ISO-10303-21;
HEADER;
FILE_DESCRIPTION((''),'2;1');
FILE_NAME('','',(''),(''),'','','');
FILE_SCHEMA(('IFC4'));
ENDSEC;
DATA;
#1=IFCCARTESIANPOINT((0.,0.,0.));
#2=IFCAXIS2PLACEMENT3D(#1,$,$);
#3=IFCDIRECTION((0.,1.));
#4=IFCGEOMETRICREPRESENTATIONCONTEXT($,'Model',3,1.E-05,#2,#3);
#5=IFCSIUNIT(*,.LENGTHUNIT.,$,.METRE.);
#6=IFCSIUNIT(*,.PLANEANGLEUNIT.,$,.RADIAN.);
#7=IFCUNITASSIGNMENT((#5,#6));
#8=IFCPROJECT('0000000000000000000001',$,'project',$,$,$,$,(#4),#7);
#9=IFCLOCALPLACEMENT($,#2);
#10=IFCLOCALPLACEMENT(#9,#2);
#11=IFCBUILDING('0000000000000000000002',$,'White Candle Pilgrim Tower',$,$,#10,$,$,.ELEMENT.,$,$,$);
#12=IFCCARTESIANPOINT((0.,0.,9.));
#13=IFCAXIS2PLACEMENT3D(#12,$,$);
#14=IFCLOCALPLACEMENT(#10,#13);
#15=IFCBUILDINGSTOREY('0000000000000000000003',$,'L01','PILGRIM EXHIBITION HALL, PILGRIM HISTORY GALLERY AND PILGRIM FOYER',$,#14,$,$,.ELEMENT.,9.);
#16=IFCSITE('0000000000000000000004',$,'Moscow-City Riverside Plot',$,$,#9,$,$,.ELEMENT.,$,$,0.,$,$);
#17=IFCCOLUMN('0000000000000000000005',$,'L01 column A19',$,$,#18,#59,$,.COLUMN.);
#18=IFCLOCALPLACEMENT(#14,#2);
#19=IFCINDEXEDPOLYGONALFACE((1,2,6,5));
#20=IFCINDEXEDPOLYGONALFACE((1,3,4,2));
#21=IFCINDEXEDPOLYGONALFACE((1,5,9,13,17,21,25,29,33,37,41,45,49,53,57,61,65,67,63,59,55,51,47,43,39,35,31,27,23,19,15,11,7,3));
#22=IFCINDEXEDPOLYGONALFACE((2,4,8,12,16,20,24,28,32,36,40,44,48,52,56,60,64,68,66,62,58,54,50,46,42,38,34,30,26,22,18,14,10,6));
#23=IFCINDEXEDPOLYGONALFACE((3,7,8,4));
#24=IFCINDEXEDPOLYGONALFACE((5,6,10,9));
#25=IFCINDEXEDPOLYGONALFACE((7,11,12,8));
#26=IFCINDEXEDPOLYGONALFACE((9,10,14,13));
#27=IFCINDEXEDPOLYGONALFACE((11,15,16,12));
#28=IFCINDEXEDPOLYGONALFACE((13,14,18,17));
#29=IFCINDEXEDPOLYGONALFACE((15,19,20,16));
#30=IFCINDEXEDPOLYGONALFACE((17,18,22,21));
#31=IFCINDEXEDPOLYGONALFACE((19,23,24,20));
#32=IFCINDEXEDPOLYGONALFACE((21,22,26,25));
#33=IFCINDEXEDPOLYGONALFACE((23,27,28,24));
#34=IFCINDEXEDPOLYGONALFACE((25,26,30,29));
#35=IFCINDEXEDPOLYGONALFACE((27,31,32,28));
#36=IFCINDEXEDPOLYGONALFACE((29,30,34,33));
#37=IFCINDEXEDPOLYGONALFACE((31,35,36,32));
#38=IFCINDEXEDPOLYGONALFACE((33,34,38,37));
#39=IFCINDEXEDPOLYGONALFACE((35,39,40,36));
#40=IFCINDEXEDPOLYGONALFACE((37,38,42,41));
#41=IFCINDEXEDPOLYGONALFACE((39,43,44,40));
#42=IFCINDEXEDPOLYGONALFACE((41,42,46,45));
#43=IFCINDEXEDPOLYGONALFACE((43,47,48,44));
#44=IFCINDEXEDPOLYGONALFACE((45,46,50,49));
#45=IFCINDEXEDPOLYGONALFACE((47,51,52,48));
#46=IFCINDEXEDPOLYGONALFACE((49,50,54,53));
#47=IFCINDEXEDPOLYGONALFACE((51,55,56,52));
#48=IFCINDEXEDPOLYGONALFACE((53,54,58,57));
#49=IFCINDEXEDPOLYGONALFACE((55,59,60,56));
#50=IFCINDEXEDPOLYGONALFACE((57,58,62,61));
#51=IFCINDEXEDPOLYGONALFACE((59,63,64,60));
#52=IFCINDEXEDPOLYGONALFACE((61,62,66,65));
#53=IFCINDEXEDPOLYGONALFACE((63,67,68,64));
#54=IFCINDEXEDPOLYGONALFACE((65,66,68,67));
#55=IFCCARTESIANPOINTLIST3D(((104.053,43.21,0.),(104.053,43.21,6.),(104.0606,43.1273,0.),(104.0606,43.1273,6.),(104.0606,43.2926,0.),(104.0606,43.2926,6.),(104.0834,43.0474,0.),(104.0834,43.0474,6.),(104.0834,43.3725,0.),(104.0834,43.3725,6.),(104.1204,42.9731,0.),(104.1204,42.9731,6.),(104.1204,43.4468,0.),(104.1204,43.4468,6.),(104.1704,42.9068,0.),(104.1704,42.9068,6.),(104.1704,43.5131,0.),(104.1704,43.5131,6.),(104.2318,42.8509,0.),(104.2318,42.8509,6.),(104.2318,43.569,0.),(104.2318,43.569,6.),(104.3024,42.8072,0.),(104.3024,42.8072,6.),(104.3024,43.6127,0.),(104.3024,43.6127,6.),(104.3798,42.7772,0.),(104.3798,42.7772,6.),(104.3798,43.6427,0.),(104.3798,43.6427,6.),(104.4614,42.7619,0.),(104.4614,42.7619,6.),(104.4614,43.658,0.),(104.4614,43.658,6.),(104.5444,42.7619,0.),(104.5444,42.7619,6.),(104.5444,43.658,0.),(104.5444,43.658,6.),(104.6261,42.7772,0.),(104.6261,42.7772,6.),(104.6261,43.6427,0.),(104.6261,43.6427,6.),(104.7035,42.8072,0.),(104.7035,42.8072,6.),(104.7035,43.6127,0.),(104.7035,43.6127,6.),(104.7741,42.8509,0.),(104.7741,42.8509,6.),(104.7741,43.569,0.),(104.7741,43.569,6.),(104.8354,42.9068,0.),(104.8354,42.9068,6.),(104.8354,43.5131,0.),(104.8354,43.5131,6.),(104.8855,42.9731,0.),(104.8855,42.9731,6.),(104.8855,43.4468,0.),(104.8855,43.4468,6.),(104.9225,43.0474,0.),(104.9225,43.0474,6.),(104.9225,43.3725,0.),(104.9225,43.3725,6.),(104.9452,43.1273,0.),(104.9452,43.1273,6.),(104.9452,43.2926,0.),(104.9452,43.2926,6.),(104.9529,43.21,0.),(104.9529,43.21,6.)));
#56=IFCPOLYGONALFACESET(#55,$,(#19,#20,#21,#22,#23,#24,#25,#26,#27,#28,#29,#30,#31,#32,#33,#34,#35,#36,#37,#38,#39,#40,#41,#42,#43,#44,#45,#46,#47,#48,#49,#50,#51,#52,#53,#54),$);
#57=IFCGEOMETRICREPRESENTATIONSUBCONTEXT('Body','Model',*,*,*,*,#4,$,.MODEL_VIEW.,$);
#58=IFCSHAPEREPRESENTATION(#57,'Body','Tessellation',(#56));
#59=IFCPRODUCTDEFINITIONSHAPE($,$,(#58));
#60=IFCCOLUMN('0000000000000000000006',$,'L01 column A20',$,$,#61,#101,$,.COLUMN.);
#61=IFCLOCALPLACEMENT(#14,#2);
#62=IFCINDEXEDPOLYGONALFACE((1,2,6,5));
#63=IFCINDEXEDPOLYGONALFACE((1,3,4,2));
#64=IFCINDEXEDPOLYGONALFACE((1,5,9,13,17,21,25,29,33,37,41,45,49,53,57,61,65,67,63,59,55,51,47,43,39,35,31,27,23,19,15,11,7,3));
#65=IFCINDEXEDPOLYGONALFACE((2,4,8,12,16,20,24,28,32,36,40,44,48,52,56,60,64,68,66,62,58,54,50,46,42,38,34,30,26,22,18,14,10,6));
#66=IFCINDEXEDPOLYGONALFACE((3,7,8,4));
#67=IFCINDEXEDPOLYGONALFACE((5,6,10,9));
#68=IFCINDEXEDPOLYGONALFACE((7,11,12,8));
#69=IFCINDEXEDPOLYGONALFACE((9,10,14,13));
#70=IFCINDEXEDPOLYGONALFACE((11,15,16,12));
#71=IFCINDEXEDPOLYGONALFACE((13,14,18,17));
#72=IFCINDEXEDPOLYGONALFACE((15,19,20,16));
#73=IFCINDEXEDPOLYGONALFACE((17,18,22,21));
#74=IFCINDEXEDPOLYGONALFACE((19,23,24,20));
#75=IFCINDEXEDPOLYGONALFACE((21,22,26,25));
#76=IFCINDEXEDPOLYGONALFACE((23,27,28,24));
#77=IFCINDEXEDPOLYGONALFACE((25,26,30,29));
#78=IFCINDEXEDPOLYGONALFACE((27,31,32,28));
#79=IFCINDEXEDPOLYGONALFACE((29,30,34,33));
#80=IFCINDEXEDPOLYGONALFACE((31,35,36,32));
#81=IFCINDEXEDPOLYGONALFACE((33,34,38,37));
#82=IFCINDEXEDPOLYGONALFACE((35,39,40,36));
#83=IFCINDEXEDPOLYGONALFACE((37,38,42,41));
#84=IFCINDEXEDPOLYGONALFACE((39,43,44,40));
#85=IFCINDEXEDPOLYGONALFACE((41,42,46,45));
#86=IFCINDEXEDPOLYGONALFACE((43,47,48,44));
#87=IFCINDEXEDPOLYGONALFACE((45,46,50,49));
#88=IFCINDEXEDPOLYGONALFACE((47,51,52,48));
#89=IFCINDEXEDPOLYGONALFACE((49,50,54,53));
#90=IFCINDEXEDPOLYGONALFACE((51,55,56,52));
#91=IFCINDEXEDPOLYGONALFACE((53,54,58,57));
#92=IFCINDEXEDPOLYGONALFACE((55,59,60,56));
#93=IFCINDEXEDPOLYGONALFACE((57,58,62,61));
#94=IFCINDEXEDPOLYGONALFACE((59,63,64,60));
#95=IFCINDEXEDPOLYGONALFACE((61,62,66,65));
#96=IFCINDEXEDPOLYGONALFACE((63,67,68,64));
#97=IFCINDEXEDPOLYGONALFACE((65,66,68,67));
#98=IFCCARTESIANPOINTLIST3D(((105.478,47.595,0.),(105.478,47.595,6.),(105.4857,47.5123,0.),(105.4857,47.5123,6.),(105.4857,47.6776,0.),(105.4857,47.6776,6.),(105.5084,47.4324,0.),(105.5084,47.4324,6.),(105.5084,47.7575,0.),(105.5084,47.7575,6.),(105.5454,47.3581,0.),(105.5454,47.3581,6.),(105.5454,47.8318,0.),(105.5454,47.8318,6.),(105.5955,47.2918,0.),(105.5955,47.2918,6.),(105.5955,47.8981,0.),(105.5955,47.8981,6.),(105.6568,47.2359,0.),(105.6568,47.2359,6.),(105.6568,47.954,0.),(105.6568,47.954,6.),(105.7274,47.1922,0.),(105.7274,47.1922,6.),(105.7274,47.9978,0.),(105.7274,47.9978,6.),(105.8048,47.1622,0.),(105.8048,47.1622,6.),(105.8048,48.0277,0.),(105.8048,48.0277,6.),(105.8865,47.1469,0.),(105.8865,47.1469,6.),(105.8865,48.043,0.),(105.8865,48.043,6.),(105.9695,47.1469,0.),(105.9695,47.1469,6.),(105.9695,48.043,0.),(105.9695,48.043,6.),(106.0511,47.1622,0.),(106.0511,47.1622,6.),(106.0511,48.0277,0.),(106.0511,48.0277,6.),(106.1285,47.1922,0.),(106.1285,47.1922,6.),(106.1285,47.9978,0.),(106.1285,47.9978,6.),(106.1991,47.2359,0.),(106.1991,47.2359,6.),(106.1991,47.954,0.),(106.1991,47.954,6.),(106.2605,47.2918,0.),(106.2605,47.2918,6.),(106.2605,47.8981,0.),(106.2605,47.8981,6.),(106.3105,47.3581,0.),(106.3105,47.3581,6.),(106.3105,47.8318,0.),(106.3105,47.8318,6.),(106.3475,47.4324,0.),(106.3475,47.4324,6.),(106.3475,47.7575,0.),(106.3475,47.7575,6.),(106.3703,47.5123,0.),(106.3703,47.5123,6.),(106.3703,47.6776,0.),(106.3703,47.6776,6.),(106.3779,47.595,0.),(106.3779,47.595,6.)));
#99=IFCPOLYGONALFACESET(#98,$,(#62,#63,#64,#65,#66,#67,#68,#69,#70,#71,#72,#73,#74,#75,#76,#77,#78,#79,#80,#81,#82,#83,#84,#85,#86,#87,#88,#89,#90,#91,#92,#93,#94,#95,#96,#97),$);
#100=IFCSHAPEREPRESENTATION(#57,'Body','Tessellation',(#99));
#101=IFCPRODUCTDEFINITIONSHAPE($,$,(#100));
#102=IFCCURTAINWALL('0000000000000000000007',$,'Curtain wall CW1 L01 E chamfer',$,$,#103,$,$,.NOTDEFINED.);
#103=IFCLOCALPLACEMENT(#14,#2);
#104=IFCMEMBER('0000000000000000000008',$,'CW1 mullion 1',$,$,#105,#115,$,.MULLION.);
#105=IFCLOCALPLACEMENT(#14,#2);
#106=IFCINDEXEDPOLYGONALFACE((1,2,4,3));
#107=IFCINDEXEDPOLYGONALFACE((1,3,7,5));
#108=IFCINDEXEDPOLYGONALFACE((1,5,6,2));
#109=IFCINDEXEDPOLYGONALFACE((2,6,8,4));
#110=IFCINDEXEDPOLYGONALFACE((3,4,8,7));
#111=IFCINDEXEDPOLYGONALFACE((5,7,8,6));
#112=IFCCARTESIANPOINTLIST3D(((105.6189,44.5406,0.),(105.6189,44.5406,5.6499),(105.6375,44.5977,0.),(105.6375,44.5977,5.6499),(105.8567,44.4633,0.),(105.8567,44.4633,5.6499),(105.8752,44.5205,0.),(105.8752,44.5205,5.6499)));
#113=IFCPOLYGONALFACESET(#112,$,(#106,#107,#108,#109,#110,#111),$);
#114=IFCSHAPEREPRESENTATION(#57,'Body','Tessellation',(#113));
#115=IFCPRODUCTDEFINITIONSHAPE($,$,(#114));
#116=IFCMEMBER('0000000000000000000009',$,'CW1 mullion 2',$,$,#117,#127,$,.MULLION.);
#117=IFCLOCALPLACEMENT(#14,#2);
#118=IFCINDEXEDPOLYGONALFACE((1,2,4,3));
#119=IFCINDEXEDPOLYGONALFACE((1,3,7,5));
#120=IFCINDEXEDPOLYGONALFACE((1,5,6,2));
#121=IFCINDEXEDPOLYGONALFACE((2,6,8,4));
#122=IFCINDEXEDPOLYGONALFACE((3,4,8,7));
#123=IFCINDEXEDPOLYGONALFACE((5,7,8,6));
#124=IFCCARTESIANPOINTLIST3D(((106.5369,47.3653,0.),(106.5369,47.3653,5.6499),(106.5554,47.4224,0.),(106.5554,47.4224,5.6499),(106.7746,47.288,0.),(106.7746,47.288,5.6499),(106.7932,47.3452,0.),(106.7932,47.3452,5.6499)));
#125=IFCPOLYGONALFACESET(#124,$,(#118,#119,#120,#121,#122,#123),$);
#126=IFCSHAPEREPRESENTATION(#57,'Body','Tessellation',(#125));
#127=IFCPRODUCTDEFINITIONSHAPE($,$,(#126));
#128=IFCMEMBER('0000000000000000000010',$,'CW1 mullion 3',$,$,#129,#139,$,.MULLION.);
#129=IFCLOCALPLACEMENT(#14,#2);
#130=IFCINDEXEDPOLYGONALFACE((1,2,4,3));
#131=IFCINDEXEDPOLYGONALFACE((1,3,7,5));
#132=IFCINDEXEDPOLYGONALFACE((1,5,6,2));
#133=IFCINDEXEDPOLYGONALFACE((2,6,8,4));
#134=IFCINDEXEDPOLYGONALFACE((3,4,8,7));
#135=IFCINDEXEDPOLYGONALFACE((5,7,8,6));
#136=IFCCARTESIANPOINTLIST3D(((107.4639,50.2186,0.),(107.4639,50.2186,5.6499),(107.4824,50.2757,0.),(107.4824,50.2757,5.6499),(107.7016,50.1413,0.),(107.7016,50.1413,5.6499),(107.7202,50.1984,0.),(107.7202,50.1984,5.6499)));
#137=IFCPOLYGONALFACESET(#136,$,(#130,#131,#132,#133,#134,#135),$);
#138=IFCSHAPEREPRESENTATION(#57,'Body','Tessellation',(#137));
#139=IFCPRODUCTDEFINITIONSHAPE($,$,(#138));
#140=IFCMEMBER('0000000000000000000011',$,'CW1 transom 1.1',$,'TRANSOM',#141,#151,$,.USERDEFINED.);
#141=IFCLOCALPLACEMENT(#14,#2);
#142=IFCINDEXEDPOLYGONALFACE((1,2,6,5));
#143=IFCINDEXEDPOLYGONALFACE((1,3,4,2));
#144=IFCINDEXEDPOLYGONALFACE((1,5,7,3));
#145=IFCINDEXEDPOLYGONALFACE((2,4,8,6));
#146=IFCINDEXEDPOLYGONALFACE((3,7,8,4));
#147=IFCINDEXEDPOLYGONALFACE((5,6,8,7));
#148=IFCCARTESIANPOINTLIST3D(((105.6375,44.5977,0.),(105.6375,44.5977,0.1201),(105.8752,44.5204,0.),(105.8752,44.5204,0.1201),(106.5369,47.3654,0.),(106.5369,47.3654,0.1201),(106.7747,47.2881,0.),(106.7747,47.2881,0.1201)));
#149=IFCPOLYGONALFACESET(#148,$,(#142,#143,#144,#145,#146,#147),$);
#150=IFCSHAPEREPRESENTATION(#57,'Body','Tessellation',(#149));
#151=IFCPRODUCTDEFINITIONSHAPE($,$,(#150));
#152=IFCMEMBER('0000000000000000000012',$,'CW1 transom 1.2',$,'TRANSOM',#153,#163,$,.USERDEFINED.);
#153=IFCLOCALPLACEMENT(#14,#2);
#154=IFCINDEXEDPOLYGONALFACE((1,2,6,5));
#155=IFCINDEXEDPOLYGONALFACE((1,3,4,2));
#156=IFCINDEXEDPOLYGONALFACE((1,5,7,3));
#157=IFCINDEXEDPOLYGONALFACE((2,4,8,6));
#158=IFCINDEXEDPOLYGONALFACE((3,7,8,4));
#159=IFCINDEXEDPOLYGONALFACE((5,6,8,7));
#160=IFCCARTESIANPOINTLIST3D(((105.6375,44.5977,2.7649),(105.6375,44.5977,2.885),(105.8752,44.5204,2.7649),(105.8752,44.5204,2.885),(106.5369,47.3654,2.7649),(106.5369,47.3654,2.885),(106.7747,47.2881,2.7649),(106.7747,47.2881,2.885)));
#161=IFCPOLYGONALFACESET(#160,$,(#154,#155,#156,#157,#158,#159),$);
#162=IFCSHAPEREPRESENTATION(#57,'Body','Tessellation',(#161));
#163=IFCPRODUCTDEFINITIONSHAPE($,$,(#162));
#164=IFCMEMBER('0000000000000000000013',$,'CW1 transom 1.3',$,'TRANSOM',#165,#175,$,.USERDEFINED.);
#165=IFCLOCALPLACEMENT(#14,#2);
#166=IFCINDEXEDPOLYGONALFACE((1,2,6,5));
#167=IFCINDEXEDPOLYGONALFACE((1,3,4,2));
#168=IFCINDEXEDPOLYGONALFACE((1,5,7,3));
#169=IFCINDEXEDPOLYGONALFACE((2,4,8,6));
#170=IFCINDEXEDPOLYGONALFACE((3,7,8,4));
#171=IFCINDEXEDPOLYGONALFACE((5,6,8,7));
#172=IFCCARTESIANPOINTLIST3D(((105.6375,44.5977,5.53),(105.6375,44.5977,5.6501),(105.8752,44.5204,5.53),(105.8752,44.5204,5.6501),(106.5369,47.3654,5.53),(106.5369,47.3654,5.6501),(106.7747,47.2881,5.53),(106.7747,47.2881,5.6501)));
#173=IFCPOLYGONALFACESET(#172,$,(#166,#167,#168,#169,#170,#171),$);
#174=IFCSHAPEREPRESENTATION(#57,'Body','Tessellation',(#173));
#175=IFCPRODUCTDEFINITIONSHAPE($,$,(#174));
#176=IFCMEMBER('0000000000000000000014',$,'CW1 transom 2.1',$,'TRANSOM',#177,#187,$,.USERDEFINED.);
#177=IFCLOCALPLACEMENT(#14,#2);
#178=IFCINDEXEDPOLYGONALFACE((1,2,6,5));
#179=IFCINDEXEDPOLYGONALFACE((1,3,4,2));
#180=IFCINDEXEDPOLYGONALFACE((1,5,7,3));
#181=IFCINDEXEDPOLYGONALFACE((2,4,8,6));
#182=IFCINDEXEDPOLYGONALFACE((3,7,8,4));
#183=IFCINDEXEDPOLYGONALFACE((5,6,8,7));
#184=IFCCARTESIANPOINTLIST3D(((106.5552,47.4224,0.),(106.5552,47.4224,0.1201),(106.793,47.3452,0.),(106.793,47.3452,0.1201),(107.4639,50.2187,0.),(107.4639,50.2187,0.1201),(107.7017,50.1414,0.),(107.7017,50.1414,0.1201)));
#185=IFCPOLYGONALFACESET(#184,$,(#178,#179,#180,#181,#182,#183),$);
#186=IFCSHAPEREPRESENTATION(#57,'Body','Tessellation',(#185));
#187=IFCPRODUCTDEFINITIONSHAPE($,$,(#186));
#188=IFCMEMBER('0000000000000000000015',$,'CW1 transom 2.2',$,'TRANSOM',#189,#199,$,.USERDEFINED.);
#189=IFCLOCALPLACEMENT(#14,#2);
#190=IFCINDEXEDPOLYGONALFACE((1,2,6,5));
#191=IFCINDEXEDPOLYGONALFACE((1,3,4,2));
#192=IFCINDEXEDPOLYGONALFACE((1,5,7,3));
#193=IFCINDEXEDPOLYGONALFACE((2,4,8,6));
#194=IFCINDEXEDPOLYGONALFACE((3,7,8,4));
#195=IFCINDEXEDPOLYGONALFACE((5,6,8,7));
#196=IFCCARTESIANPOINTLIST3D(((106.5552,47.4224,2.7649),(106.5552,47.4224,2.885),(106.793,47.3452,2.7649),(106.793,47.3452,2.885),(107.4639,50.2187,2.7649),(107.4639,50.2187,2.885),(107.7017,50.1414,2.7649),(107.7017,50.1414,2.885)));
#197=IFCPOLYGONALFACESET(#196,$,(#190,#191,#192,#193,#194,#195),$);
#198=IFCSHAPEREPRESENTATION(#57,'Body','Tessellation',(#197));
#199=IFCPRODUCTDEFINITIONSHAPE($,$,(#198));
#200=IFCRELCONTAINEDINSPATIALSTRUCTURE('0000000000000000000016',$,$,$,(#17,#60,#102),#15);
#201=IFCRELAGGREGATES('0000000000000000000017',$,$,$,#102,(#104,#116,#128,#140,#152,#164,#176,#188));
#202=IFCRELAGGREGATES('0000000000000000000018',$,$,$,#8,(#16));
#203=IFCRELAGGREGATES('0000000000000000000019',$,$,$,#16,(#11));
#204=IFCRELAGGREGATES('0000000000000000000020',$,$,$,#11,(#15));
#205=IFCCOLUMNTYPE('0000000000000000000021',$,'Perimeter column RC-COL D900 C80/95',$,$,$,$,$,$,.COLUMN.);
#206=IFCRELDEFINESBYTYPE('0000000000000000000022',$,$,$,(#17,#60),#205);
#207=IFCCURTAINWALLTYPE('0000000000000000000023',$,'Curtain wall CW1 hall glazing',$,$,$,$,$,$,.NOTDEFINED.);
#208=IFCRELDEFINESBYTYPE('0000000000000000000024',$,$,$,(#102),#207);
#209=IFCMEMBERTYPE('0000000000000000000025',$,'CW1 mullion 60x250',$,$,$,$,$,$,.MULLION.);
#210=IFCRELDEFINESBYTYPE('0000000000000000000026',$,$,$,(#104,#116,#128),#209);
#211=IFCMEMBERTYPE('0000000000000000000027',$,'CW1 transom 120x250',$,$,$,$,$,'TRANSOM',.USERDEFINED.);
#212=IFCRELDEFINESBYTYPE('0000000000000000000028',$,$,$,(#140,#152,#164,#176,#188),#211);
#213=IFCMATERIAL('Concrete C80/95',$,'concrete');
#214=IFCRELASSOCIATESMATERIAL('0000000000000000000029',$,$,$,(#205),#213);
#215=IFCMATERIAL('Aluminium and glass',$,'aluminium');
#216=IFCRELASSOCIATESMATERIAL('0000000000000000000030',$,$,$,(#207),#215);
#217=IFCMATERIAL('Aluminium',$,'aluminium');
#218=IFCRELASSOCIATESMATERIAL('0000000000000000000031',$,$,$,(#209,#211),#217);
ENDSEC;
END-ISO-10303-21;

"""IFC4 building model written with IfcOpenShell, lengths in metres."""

from ifc_helpers import new_model, si_unit, direction, frame, origin, origin_2d, place, context, subcontext, project, spatial, rectangle, circle, extrude, material, material_profile, profile_set, type_object, element, aggregate, save


model = new_model("IFC4")

# Units and contexts
model_context = context("Model", 3, precision=1e-05, world=origin(), true_north=direction((0.0, 1.0)))
body_context = subcontext(model_context, "Body", "Model", "MODEL_VIEW")
ifc_project = project(units=[si_unit("LENGTHUNIT", "METRE"), si_unit("PLANEANGLEUNIT", "RADIAN")], contexts=[model_context])

# Site, building, storey
site_placement = place(None, origin())
site = spatial("IfcSite", under=ifc_project, at=site_placement, Name="Moscow-City Riverside Plot", CompositionType="ELEMENT", RefElevation=0.0)
building_placement = place(site_placement, origin())
building = spatial("IfcBuilding", under=site, at=building_placement, Name="White Candle Pilgrim Tower", CompositionType="ELEMENT")
storey_placement = place(building_placement, frame((0.0, 0.0, 9.0)))
storey = spatial("IfcBuildingStorey", under=building, at=storey_placement, Name="L01", Description="PILGRIM EXHIBITION HALL, PILGRIM HISTORY GALLERY AND PILGRIM FOYER", CompositionType="ELEMENT", Elevation=9.0)

# Columns
ifc_material_1 = material(Name="Concrete C80/95", Category="concrete")
ifc_material_profile_1 = material_profile(ifc_material_1, circle(Radius=0.45, at=origin_2d()), Name="RC-COL D900")
ifc_profile_set_1 = profile_set([ifc_material_profile_1], Name="Concrete C80/95")
column_type = type_object("IfcColumnType", Name="Perimeter column RC-COL D900 C80/95", PredefinedType="COLUMN", material=ifc_profile_set_1)
for number, where, z_axis, x_axis, name in (
    (1, (104.5029, 43.21, 0.0), (0.0, 0.0, 1.0), (1.0, 0.0, 0.0), "L01 column A19"),
    (2, (105.928, 47.595, 0.0), (0.0, 0.0, 1.0), (1.0, 0.0, 0.0), "L01 column A20"),
):
    element("IfcColumn", number, at=place(storey_placement, frame(where, z_axis=z_axis, x_axis=x_axis)), inside=storey, type_object=column_type, Name=name, PredefinedType="COLUMN", context=body_context, shape_type="SweptSolid", body=[
        extrude(circle(Radius=0.45, at=origin_2d()), origin(), (0.0, 0.0, 1.0), 6.0),
    ])

# Curtain wall, members
ifc_material_2 = material(Name="Aluminium and glass", Category="aluminium")
curtain_wall_type = type_object("IfcCurtainWallType", Name="Curtain wall CW1 hall glazing", PredefinedType="NOTDEFINED", material=ifc_material_2)
curtain_wall_placement = place(storey_placement, origin())
curtain_wall = element("IfcCurtainWall", 3, at=curtain_wall_placement, inside=storey, type_object=curtain_wall_type, Name="Curtain wall CW1 L01 E chamfer", PredefinedType="NOTDEFINED")
ifc_material_3 = material(Name="Aluminium", Category="aluminium")
ifc_material_profile_2 = material_profile(ifc_material_3, rectangle(XDim=0.25, YDim=0.0601, at=origin_2d()), Name="CW1 mullion 60x250")
ifc_profile_set_2 = profile_set([ifc_material_profile_2], Name="Aluminium")
member_type_1 = type_object("IfcMemberType", Name="CW1 mullion 60x250", PredefinedType="MULLION", material=ifc_profile_set_2)
member_1_placement = place(storey_placement, frame((105.7471, 44.5305, 0.0), z_axis=(0.0, 0.0, 1.0), x_axis=(-0.951057, 0.309017, 0.0)))
member_1 = element("IfcMember", 4, at=member_1_placement, type_object=member_type_1, Name="CW1 mullion 1", PredefinedType="MULLION", context=body_context, shape_type="SweptSolid", body=[
    extrude(rectangle(XDim=0.25, YDim=0.0601, at=origin_2d()), origin(), (0.0, 0.0, 1.0), 5.6499),
])
member_2_placement = place(storey_placement, frame((106.665, 47.3552, 0.0), z_axis=(0.0, 0.0, 1.0), x_axis=(-0.951057, 0.309017, 0.0)))
member_2 = element("IfcMember", 5, at=member_2_placement, type_object=member_type_1, Name="CW1 mullion 2", PredefinedType="MULLION", context=body_context, shape_type="SweptSolid", body=[
    extrude(rectangle(XDim=0.25, YDim=0.0601, at=origin_2d()), origin(), (0.0, 0.0, 1.0), 5.6499),
])
member_3_placement = place(storey_placement, frame((107.592, 50.2085, 0.0), z_axis=(0.0, 0.0, 1.0), x_axis=(-0.951057, 0.309017, 0.0)))
member_3 = element("IfcMember", 6, at=member_3_placement, type_object=member_type_1, Name="CW1 mullion 3", PredefinedType="MULLION", context=body_context, shape_type="SweptSolid", body=[
    extrude(rectangle(XDim=0.25, YDim=0.0601, at=origin_2d()), origin(), (0.0, 0.0, 1.0), 5.6499),
])
ifc_material_profile_3 = material_profile(ifc_material_3, rectangle(XDim=0.25, YDim=0.1201, at=origin_2d()), Name="CW1 transom 120x250")
ifc_profile_set_3 = profile_set([ifc_material_profile_3], Name="Aluminium")
member_type_2 = type_object("IfcMemberType", Name="CW1 transom 120x250", ElementType="TRANSOM", PredefinedType="USERDEFINED", material=ifc_profile_set_3)
member_4_placement = place(storey_placement, frame((105.7563, 44.5591, 0.0601), z_axis=(0.309071, 0.951039, 0.0), x_axis=(-0.951039, 0.309071, 0.0)))
member_4 = element("IfcMember", 7, at=member_4_placement, type_object=member_type_2, Name="CW1 transom 1.1", ObjectType="TRANSOM", PredefinedType="USERDEFINED", context=body_context, shape_type="SweptSolid", body=[
    extrude(rectangle(XDim=0.25, YDim=0.1201, at=origin_2d()), origin(), (0.0, 0.0, 1.0), 2.9102),
])
member_5_placement = place(storey_placement, frame((105.7563, 44.5591, 2.825), z_axis=(0.309071, 0.951039, 0.0), x_axis=(-0.951039, 0.309071, 0.0)))
member_5 = element("IfcMember", 8, at=member_5_placement, type_object=member_type_2, Name="CW1 transom 1.2", ObjectType="TRANSOM", PredefinedType="USERDEFINED", context=body_context, shape_type="SweptSolid", body=[
    extrude(rectangle(XDim=0.25, YDim=0.1201, at=origin_2d()), origin(), (0.0, 0.0, 1.0), 2.9102),
])
member_6_placement = place(storey_placement, frame((105.7563, 44.5591, 5.5901), z_axis=(0.309071, 0.951039, 0.0), x_axis=(-0.951039, 0.309071, 0.0)))
member_6 = element("IfcMember", 9, at=member_6_placement, type_object=member_type_2, Name="CW1 transom 1.3", ObjectType="TRANSOM", PredefinedType="USERDEFINED", context=body_context, shape_type="SweptSolid", body=[
    extrude(rectangle(XDim=0.25, YDim=0.1201, at=origin_2d()), origin(), (0.0, 0.0, 1.0), 2.9102),
])
member_7_placement = place(storey_placement, frame((106.6741, 47.3838, 0.0601), z_axis=(0.309069, 0.95104, 0.0), x_axis=(-0.95104, 0.309069, 0.0)))
member_7 = element("IfcMember", 10, at=member_7_placement, type_object=member_type_2, Name="CW1 transom 2.1", ObjectType="TRANSOM", PredefinedType="USERDEFINED", context=body_context, shape_type="SweptSolid", body=[
    extrude(rectangle(XDim=0.25, YDim=0.1201, at=origin_2d()), origin(), (0.0, 0.0, 1.0), 2.9402),
])
member_8_placement = place(storey_placement, frame((106.6741, 47.3838, 2.825), z_axis=(0.309069, 0.95104, 0.0), x_axis=(-0.95104, 0.309069, 0.0)))
member_8 = element("IfcMember", 11, at=member_8_placement, type_object=member_type_2, Name="CW1 transom 2.2", ObjectType="TRANSOM", PredefinedType="USERDEFINED", context=body_context, shape_type="SweptSolid", body=[
    extrude(rectangle(XDim=0.25, YDim=0.1201, at=origin_2d()), origin(), (0.0, 0.0, 1.0), 2.9402),
])

aggregate(curtain_wall, [member_1, member_2, member_3, member_4, member_5, member_6, member_7, member_8])

save(model, "model.ifc")
